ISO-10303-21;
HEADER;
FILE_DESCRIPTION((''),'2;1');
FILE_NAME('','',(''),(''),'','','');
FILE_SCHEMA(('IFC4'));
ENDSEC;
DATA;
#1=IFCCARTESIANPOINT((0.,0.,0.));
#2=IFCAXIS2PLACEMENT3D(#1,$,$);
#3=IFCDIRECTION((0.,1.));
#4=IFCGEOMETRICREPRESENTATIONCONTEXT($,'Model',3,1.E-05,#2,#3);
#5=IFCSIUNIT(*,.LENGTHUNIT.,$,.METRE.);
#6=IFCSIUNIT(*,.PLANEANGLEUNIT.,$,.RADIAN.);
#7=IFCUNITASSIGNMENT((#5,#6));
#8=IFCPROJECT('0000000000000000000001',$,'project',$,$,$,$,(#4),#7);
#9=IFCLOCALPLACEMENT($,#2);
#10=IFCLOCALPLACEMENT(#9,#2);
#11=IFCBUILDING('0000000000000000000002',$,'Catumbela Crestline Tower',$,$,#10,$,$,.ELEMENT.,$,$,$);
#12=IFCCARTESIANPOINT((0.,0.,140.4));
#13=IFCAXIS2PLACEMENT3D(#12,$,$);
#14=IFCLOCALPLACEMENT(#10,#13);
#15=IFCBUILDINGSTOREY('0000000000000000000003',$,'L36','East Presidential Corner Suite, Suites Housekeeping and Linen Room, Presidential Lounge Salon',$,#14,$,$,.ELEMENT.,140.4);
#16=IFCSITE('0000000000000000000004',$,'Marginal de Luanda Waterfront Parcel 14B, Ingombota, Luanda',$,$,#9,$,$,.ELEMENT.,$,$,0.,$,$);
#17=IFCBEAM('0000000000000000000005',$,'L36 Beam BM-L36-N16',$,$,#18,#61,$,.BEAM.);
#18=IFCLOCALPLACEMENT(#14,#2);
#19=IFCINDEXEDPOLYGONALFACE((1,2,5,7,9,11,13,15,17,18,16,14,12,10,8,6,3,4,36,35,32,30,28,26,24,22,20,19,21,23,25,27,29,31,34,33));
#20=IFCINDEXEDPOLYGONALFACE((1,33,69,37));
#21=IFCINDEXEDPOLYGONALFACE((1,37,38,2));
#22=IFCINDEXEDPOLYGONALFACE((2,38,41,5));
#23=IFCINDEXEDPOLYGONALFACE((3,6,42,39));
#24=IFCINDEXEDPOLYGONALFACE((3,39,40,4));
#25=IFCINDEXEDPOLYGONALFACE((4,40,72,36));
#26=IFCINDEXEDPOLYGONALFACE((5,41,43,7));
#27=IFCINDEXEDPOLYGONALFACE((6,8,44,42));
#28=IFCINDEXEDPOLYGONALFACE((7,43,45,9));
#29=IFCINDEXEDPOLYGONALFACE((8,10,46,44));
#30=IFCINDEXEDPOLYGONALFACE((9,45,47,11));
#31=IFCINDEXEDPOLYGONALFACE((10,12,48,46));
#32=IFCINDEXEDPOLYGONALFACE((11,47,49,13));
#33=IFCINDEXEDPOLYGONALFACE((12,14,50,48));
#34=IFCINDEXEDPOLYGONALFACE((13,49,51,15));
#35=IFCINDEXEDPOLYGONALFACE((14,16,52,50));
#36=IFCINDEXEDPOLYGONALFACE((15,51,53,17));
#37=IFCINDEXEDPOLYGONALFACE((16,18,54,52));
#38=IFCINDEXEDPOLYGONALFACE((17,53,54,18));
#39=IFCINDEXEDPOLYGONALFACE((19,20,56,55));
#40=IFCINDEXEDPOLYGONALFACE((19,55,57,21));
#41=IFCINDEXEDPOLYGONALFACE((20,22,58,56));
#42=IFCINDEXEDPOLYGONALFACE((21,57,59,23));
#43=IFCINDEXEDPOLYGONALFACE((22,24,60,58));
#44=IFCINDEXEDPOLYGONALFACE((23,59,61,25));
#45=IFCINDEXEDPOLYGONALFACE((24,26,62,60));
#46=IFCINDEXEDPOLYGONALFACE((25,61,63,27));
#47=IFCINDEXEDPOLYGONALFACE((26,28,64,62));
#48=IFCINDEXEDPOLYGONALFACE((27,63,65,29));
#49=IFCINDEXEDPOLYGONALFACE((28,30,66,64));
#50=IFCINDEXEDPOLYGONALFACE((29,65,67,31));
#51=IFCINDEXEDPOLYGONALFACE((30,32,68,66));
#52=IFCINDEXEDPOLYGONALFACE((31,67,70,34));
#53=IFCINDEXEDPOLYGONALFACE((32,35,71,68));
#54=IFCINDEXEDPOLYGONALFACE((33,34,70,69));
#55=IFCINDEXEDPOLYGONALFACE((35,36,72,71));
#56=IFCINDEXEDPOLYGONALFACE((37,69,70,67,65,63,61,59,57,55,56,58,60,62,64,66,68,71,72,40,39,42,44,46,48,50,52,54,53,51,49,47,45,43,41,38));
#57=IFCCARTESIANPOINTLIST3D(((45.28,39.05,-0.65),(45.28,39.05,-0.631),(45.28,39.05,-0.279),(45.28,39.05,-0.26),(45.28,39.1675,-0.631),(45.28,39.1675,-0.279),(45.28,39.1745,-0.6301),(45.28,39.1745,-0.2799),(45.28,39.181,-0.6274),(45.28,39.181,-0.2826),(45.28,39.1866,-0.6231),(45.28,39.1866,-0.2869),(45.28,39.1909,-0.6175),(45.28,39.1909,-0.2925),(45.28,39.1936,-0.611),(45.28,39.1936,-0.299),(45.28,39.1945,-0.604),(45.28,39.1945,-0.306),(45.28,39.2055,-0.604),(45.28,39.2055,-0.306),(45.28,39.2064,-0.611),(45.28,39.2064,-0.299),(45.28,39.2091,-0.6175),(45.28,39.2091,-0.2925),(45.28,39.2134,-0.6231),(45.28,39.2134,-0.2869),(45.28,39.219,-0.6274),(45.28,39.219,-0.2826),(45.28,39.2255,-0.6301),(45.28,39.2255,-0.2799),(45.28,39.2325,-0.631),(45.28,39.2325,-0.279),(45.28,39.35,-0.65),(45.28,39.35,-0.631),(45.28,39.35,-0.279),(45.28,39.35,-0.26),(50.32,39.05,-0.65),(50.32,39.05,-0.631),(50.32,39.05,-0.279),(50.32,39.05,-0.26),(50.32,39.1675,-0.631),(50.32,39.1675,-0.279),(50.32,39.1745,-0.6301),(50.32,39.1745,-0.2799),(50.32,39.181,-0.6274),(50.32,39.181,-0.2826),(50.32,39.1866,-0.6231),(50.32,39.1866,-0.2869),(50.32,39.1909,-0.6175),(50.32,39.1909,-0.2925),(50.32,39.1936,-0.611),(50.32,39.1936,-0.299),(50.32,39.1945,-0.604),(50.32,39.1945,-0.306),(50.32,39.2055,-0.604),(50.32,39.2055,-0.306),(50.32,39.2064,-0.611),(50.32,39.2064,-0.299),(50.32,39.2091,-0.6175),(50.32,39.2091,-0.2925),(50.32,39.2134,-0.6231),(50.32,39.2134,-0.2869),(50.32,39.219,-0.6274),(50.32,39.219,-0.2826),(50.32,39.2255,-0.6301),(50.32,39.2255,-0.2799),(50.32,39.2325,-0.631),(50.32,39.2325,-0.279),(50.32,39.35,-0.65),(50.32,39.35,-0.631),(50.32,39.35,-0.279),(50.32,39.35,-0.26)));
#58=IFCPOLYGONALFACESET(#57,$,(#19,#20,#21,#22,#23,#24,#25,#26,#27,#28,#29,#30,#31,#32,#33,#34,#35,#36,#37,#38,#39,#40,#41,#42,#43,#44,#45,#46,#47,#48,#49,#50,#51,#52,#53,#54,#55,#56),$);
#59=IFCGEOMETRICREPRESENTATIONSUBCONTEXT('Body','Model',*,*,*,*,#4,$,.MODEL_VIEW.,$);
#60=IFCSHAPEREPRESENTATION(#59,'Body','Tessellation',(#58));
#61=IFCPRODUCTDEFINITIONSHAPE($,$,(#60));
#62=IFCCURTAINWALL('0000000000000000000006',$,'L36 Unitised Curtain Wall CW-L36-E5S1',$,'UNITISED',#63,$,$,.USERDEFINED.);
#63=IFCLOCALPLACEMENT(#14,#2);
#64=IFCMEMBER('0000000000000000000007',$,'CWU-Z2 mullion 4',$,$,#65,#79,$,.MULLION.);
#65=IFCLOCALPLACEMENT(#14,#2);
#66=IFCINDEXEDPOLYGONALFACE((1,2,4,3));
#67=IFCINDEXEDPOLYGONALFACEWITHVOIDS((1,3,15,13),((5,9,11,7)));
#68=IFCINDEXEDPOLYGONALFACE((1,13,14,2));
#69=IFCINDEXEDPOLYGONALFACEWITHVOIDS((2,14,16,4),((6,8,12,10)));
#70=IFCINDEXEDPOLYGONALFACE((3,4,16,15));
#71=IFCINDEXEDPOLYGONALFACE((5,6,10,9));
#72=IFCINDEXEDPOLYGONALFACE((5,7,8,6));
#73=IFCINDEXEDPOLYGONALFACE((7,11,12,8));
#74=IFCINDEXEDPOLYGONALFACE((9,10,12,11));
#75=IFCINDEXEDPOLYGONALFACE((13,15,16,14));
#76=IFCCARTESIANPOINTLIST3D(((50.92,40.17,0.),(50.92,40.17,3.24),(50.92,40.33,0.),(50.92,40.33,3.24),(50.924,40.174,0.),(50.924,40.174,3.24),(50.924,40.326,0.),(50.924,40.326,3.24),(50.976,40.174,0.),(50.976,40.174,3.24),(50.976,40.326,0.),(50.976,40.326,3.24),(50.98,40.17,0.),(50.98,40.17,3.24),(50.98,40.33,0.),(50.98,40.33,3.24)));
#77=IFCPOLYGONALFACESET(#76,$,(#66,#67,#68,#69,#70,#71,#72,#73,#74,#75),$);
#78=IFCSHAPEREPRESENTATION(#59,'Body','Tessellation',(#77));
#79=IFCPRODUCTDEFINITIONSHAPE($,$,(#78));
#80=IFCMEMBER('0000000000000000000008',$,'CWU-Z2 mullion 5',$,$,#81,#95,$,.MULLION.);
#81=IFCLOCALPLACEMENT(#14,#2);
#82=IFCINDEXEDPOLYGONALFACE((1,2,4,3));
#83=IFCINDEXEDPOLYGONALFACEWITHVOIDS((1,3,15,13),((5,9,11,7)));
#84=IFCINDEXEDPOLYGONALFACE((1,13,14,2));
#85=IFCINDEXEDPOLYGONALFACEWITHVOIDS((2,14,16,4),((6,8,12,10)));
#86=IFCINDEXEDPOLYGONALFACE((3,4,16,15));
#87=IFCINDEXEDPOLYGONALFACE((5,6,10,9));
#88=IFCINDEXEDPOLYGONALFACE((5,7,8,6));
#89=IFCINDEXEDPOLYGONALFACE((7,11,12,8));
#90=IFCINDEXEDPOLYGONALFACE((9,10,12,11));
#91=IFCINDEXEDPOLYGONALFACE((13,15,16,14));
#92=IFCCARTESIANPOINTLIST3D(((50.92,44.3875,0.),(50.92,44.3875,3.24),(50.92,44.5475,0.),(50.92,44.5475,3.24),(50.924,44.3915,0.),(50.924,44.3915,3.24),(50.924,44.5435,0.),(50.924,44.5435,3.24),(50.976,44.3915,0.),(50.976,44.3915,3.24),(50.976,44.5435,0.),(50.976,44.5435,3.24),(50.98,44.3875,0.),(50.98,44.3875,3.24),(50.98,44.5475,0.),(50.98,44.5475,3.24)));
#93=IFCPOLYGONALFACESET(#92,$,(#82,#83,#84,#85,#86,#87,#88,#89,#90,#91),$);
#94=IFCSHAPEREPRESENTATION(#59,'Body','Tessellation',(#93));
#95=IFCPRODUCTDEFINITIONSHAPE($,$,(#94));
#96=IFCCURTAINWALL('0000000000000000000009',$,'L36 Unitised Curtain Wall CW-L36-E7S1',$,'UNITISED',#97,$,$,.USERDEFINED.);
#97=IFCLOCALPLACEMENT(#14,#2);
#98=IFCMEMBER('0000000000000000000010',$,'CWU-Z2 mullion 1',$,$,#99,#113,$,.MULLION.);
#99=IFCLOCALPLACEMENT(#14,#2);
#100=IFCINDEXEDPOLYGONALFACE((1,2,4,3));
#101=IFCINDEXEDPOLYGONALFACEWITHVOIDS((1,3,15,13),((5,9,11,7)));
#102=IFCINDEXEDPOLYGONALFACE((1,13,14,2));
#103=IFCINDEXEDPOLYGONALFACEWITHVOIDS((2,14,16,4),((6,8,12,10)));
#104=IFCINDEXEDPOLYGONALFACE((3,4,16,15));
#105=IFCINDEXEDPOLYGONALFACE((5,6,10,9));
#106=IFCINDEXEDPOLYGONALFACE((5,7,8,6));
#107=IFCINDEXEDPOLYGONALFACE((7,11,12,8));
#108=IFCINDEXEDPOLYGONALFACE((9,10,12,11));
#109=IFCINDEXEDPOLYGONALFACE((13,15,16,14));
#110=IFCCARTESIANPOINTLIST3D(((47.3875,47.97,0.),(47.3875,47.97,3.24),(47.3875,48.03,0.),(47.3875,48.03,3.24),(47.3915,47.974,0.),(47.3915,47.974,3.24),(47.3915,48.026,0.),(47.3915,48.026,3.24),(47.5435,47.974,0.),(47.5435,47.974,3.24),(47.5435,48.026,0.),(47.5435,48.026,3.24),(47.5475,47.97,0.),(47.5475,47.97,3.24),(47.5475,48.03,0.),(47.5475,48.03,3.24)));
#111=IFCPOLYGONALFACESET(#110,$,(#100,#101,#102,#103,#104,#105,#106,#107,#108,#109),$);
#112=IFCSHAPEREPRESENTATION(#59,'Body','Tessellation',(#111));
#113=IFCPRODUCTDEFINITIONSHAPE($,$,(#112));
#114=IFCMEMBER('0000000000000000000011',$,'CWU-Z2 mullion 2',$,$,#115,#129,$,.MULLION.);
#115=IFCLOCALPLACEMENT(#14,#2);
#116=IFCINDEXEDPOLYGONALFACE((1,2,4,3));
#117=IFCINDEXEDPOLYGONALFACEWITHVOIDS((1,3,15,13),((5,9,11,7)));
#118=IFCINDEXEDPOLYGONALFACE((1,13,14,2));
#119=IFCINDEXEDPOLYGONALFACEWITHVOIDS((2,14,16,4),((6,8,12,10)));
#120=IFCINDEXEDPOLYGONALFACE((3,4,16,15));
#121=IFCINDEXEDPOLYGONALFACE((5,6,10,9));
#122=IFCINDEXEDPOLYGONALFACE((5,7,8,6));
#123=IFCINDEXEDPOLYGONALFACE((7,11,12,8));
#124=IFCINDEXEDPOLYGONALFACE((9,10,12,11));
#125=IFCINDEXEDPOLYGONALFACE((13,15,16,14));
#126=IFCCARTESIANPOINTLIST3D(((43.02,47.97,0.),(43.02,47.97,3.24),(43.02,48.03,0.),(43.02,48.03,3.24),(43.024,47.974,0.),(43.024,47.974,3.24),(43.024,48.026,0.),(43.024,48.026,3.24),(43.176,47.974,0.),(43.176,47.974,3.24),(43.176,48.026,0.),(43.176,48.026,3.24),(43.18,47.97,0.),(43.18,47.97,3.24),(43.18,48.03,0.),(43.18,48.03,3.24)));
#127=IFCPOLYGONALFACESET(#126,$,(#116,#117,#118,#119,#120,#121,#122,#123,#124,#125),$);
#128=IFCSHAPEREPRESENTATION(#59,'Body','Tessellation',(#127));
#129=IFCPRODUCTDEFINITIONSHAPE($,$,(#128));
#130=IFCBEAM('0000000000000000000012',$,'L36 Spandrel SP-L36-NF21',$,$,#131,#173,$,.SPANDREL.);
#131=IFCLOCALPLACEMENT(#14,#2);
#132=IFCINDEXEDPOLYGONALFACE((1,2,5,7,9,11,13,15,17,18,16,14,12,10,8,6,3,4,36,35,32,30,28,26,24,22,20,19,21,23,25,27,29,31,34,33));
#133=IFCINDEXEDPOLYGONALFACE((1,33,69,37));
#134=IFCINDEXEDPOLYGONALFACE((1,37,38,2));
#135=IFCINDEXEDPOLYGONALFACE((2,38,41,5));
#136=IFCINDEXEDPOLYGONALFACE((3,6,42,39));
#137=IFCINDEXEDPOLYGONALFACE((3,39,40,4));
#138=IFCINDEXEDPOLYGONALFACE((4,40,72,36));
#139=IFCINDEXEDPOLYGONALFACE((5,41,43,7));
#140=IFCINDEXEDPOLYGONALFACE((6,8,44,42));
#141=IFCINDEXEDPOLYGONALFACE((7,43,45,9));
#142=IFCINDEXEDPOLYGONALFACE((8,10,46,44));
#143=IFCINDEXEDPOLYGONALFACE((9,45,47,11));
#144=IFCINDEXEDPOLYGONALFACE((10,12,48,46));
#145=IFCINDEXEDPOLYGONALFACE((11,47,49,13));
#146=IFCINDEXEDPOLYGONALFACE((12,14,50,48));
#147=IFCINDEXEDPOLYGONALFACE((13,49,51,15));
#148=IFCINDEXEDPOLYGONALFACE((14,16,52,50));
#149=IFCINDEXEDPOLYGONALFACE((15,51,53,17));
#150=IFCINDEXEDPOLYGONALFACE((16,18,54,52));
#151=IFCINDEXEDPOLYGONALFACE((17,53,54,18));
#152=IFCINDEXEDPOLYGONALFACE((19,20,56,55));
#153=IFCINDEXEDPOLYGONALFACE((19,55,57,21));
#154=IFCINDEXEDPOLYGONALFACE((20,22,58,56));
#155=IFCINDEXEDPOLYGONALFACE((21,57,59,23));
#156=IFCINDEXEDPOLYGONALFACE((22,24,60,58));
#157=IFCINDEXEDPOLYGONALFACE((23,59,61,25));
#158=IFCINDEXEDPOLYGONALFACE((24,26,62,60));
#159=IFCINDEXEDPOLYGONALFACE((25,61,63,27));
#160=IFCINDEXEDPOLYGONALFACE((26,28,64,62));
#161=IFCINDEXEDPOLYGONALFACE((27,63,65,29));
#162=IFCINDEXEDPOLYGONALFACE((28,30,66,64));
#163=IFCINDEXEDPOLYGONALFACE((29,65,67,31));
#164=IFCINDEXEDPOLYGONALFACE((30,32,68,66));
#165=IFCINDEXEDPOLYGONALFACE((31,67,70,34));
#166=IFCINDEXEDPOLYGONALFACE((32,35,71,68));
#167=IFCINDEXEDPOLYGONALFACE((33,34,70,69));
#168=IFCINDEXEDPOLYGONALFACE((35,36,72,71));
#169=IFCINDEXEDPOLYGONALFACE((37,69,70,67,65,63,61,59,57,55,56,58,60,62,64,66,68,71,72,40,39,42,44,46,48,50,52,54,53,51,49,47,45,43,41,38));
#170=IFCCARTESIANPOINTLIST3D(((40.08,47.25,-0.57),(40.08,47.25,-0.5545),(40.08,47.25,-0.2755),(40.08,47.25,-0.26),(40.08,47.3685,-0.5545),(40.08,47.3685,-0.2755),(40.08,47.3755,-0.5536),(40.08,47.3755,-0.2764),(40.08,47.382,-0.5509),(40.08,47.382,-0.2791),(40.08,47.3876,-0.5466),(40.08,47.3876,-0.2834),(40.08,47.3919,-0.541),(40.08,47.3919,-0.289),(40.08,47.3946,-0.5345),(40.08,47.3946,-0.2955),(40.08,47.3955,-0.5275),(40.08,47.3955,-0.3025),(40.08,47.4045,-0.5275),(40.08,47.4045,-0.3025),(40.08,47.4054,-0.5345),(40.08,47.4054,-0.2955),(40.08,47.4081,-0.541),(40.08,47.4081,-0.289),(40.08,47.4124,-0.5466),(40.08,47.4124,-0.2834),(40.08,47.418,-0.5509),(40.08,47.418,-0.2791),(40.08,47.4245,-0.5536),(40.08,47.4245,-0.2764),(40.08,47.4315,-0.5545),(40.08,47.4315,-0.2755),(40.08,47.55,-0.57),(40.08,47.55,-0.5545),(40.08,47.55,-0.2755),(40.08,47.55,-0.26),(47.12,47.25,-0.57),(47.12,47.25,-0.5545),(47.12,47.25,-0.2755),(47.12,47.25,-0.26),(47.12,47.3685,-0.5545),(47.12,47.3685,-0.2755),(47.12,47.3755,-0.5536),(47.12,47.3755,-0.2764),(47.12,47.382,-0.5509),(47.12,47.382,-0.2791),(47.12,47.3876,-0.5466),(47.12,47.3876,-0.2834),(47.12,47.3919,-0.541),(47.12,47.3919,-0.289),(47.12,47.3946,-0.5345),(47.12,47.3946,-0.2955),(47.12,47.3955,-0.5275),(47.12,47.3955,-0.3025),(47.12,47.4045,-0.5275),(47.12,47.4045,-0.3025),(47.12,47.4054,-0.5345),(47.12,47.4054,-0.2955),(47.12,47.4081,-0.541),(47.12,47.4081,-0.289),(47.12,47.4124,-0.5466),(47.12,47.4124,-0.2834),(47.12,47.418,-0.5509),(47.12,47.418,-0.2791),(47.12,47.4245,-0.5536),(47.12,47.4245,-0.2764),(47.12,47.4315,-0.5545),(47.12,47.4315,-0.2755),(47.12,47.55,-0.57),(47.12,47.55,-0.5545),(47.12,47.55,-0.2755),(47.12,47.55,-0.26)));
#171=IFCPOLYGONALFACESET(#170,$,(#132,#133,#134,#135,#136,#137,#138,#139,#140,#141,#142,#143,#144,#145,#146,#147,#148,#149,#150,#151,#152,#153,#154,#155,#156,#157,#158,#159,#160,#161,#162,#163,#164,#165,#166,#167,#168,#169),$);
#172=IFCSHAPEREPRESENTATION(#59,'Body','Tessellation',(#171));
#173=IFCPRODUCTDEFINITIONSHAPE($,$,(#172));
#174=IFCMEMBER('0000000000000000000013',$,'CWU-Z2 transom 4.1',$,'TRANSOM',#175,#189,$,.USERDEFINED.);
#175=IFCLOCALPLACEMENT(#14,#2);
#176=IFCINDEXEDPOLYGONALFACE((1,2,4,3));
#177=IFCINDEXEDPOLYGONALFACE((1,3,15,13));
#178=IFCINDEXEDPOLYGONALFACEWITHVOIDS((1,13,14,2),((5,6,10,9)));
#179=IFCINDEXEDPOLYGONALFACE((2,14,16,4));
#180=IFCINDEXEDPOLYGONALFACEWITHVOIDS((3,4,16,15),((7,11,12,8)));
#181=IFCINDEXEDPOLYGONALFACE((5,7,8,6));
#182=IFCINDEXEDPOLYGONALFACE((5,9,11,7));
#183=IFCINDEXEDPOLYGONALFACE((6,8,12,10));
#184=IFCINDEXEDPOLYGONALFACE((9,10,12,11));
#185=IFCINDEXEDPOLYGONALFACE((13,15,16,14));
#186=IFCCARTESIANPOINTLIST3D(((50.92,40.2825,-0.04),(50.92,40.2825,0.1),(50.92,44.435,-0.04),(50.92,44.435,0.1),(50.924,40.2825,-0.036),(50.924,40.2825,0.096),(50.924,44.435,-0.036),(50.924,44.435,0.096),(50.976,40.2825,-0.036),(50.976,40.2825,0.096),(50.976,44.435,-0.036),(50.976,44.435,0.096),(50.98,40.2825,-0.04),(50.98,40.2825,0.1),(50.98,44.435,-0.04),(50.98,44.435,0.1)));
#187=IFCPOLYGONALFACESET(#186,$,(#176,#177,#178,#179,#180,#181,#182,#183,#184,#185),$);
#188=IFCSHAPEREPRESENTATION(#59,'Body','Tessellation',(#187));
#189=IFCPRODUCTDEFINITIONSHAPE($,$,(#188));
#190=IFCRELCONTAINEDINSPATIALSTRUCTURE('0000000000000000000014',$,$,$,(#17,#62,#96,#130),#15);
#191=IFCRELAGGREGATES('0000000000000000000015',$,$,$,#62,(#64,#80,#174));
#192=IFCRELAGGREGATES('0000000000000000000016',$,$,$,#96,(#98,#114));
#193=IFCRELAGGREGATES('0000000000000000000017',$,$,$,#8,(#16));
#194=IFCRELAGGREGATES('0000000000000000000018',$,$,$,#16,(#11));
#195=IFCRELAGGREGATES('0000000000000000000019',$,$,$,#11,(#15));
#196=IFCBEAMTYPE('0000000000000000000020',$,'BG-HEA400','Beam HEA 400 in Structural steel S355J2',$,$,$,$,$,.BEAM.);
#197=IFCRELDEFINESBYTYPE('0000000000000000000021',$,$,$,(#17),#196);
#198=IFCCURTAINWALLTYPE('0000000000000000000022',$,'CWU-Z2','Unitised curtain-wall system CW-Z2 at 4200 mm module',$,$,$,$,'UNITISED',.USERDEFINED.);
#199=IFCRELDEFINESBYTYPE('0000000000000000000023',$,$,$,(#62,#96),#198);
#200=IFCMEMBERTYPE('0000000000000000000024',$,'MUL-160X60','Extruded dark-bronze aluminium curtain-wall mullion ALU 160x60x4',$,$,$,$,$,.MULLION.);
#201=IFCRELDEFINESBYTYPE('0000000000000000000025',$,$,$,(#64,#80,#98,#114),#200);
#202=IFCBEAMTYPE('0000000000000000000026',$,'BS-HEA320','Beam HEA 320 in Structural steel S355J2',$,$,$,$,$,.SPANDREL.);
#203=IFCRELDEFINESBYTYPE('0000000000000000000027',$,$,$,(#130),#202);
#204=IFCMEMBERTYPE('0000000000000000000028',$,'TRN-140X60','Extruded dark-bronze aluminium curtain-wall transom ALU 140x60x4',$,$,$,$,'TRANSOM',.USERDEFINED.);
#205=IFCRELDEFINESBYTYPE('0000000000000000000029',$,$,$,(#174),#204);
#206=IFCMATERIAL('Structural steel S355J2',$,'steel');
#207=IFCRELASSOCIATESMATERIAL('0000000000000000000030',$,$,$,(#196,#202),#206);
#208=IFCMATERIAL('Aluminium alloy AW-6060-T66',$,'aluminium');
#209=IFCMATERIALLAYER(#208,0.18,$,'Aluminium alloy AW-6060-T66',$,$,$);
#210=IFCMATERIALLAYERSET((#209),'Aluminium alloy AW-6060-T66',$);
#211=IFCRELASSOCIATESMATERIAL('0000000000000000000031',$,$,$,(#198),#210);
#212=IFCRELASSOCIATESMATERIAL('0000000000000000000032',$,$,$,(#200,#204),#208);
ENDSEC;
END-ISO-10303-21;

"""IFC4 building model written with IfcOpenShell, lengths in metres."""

from ifc_helpers import new_model, si_unit, direction, frame, origin, origin_2d, place, context, subcontext, project, spatial, hollow_rectangle, i_section, extrude, material, layer, layer_set, material_profile, profile_set, type_object, element, aggregate, save


model = new_model("IFC4")

# Units and contexts
model_context = context("Model", 3, precision=1e-05, world=origin(), true_north=direction((0.0, 1.0)))
body_context = subcontext(model_context, "Body", "Model", "MODEL_VIEW")
ifc_project = project(units=[si_unit("LENGTHUNIT", "METRE"), si_unit("PLANEANGLEUNIT", "RADIAN")], contexts=[model_context])

# Site, building, storey
site_placement = place(None, origin())
site = spatial("IfcSite", under=ifc_project, at=site_placement, Name="Marginal de Luanda Waterfront Parcel 14B, Ingombota, Luanda", CompositionType="ELEMENT", RefElevation=0.0)
building_placement = place(site_placement, origin())
building = spatial("IfcBuilding", under=site, at=building_placement, Name="Catumbela Crestline Tower", CompositionType="ELEMENT")
storey_placement = place(building_placement, frame((0.0, 0.0, 140.4)))
storey = spatial("IfcBuildingStorey", under=building, at=storey_placement, Name="L36", Description="East Presidential Corner Suite, Suites Housekeeping and Linen Room, Presidential Lounge Salon", CompositionType="ELEMENT", Elevation=140.4)

# Beam
ifc_material_1 = material(Name="Structural steel S355J2", Category="steel")
ifc_material_profile_1 = material_profile(ifc_material_1, i_section(OverallWidth=0.3, OverallDepth=0.39, WebThickness=0.011, FlangeThickness=0.019, FilletRadius=0.027, at=origin_2d()), Name="HEA 400")
ifc_profile_set_1 = profile_set([ifc_material_profile_1], Name="Structural steel S355J2")
beam_type_1 = type_object("IfcBeamType", Name="BG-HEA400", Description="Beam HEA 400 in Structural steel S355J2", PredefinedType="BEAM", material=ifc_profile_set_1)
beam_1_placement = place(storey_placement, frame((45.28, 39.2, -0.455), z_axis=(1.0, 0.0, 0.0), x_axis=(0.0, 1.0, 0.0)))
element("IfcBeam", 1, at=beam_1_placement, inside=storey, type_object=beam_type_1, Name="L36 Beam BM-L36-N16", PredefinedType="BEAM", context=body_context, shape_type="SweptSolid", body=[
    extrude(i_section(OverallWidth=0.3, OverallDepth=0.39, WebThickness=0.011, FlangeThickness=0.019, FilletRadius=0.027, at=origin_2d()), origin(), (0.0, 0.0, 1.0), 5.04),
])

# Curtain walls, members
ifc_material_2 = material(Name="Aluminium alloy AW-6060-T66", Category="aluminium")
ifc_layer_1 = layer(ifc_material_2, 0.18, Name="Aluminium alloy AW-6060-T66")
ifc_layer_set_1 = layer_set([ifc_layer_1], Name="Aluminium alloy AW-6060-T66")
curtain_wall_type = type_object("IfcCurtainWallType", Name="CWU-Z2", Description="Unitised curtain-wall system CW-Z2 at 4200 mm module", ElementType="UNITISED", PredefinedType="USERDEFINED", material=ifc_layer_set_1)
curtain_wall_1_placement = place(storey_placement, origin())
curtain_wall_1 = element("IfcCurtainWall", 2, at=curtain_wall_1_placement, inside=storey, type_object=curtain_wall_type, Name="L36 Unitised Curtain Wall CW-L36-E5S1", ObjectType="UNITISED", PredefinedType="USERDEFINED")
ifc_material_profile_2 = material_profile(ifc_material_2, hollow_rectangle(XDim=0.06, YDim=0.16, WallThickness=0.004, at=origin_2d()), Name="ALU 160x60x4")
ifc_profile_set_2 = profile_set([ifc_material_profile_2], Name="Aluminium alloy AW-6060-T66")
member_type_1 = type_object("IfcMemberType", Name="MUL-160X60", Description="Extruded dark-bronze aluminium curtain-wall mullion ALU 160x60x4", PredefinedType="MULLION", material=ifc_profile_set_2)
member_1_placement = place(storey_placement, frame((50.95, 40.25, 0.0), z_axis=(0.0, 0.0, 1.0), x_axis=(-1.0, 0.0, 0.0)))
member_1 = element("IfcMember", 3, at=member_1_placement, type_object=member_type_1, Name="CWU-Z2 mullion 4", PredefinedType="MULLION", context=body_context, shape_type="SweptSolid", body=[
    extrude(hollow_rectangle(XDim=0.06, YDim=0.16, WallThickness=0.004, at=origin_2d()), origin(), (0.0, 0.0, 1.0), 3.24),
])
member_2_placement = place(storey_placement, frame((50.95, 44.4675, 0.0), z_axis=(0.0, 0.0, 1.0), x_axis=(-1.0, 0.0, 0.0)))
member_2 = element("IfcMember", 4, at=member_2_placement, type_object=member_type_1, Name="CWU-Z2 mullion 5", PredefinedType="MULLION", context=body_context, shape_type="SweptSolid", body=[
    extrude(hollow_rectangle(XDim=0.06, YDim=0.16, WallThickness=0.004, at=origin_2d()), origin(), (0.0, 0.0, 1.0), 3.24),
])
curtain_wall_2_placement = place(storey_placement, origin())
curtain_wall_2 = element("IfcCurtainWall", 5, at=curtain_wall_2_placement, inside=storey, type_object=curtain_wall_type, Name="L36 Unitised Curtain Wall CW-L36-E7S1", ObjectType="UNITISED", PredefinedType="USERDEFINED")
member_3_placement = place(storey_placement, frame((47.4675, 48.0, 0.0), z_axis=(0.0, 0.0, 1.0), x_axis=(0.0, -1.0, 0.0)))
member_3 = element("IfcMember", 6, at=member_3_placement, type_object=member_type_1, Name="CWU-Z2 mullion 1", PredefinedType="MULLION", context=body_context, shape_type="SweptSolid", body=[
    extrude(hollow_rectangle(XDim=0.06, YDim=0.16, WallThickness=0.004, at=origin_2d()), origin(), (0.0, 0.0, 1.0), 3.24),
])
member_4_placement = place(storey_placement, frame((43.1, 48.0, 0.0), z_axis=(0.0, 0.0, 1.0), x_axis=(0.0, -1.0, 0.0)))
member_4 = element("IfcMember", 7, at=member_4_placement, type_object=member_type_1, Name="CWU-Z2 mullion 2", PredefinedType="MULLION", context=body_context, shape_type="SweptSolid", body=[
    extrude(hollow_rectangle(XDim=0.06, YDim=0.16, WallThickness=0.004, at=origin_2d()), origin(), (0.0, 0.0, 1.0), 3.24),
])

# Beam
ifc_material_profile_3 = material_profile(ifc_material_1, i_section(OverallWidth=0.3, OverallDepth=0.31, WebThickness=0.009, FlangeThickness=0.0155, FilletRadius=0.027, at=origin_2d()), Name="HEA 320")
ifc_profile_set_3 = profile_set([ifc_material_profile_3], Name="Structural steel S355J2")
beam_type_2 = type_object("IfcBeamType", Name="BS-HEA320", Description="Beam HEA 320 in Structural steel S355J2", PredefinedType="SPANDREL", material=ifc_profile_set_3)
beam_2_placement = place(storey_placement, frame((40.08, 47.4, -0.415), z_axis=(1.0, 0.0, 0.0), x_axis=(0.0, 1.0, 0.0)))
element("IfcBeam", 8, at=beam_2_placement, inside=storey, type_object=beam_type_2, Name="L36 Spandrel SP-L36-NF21", PredefinedType="SPANDREL", context=body_context, shape_type="SweptSolid", body=[
    extrude(i_section(OverallWidth=0.3, OverallDepth=0.31, WebThickness=0.009, FlangeThickness=0.0155, FilletRadius=0.027, at=origin_2d()), origin(), (0.0, 0.0, 1.0), 7.04),
])

# Member
ifc_material_profile_4 = material_profile(ifc_material_2, hollow_rectangle(XDim=0.06, YDim=0.14, WallThickness=0.004, at=origin_2d()), Name="ALU 140x60x4")
ifc_profile_set_4 = profile_set([ifc_material_profile_4], Name="Aluminium alloy AW-6060-T66")
member_type_2 = type_object("IfcMemberType", Name="TRN-140X60", Description="Extruded dark-bronze aluminium curtain-wall transom ALU 140x60x4", ElementType="TRANSOM", PredefinedType="USERDEFINED", material=ifc_profile_set_4)
member_5_placement = place(storey_placement, frame((50.95, 40.2825, 0.03), z_axis=(0.0, 1.0, 0.0), x_axis=(-1.0, 0.0, 0.0)))
member_5 = element("IfcMember", 9, at=member_5_placement, type_object=member_type_2, Name="CWU-Z2 transom 4.1", ObjectType="TRANSOM", PredefinedType="USERDEFINED", context=body_context, shape_type="SweptSolid", body=[
    extrude(hollow_rectangle(XDim=0.06, YDim=0.14, WallThickness=0.004, at=origin_2d()), origin(), (0.0, 0.0, 1.0), 4.1525),
])

aggregate(curtain_wall_1, [member_1, member_2, member_5])
aggregate(curtain_wall_2, [member_3, member_4])

save(model, "model.ifc")
